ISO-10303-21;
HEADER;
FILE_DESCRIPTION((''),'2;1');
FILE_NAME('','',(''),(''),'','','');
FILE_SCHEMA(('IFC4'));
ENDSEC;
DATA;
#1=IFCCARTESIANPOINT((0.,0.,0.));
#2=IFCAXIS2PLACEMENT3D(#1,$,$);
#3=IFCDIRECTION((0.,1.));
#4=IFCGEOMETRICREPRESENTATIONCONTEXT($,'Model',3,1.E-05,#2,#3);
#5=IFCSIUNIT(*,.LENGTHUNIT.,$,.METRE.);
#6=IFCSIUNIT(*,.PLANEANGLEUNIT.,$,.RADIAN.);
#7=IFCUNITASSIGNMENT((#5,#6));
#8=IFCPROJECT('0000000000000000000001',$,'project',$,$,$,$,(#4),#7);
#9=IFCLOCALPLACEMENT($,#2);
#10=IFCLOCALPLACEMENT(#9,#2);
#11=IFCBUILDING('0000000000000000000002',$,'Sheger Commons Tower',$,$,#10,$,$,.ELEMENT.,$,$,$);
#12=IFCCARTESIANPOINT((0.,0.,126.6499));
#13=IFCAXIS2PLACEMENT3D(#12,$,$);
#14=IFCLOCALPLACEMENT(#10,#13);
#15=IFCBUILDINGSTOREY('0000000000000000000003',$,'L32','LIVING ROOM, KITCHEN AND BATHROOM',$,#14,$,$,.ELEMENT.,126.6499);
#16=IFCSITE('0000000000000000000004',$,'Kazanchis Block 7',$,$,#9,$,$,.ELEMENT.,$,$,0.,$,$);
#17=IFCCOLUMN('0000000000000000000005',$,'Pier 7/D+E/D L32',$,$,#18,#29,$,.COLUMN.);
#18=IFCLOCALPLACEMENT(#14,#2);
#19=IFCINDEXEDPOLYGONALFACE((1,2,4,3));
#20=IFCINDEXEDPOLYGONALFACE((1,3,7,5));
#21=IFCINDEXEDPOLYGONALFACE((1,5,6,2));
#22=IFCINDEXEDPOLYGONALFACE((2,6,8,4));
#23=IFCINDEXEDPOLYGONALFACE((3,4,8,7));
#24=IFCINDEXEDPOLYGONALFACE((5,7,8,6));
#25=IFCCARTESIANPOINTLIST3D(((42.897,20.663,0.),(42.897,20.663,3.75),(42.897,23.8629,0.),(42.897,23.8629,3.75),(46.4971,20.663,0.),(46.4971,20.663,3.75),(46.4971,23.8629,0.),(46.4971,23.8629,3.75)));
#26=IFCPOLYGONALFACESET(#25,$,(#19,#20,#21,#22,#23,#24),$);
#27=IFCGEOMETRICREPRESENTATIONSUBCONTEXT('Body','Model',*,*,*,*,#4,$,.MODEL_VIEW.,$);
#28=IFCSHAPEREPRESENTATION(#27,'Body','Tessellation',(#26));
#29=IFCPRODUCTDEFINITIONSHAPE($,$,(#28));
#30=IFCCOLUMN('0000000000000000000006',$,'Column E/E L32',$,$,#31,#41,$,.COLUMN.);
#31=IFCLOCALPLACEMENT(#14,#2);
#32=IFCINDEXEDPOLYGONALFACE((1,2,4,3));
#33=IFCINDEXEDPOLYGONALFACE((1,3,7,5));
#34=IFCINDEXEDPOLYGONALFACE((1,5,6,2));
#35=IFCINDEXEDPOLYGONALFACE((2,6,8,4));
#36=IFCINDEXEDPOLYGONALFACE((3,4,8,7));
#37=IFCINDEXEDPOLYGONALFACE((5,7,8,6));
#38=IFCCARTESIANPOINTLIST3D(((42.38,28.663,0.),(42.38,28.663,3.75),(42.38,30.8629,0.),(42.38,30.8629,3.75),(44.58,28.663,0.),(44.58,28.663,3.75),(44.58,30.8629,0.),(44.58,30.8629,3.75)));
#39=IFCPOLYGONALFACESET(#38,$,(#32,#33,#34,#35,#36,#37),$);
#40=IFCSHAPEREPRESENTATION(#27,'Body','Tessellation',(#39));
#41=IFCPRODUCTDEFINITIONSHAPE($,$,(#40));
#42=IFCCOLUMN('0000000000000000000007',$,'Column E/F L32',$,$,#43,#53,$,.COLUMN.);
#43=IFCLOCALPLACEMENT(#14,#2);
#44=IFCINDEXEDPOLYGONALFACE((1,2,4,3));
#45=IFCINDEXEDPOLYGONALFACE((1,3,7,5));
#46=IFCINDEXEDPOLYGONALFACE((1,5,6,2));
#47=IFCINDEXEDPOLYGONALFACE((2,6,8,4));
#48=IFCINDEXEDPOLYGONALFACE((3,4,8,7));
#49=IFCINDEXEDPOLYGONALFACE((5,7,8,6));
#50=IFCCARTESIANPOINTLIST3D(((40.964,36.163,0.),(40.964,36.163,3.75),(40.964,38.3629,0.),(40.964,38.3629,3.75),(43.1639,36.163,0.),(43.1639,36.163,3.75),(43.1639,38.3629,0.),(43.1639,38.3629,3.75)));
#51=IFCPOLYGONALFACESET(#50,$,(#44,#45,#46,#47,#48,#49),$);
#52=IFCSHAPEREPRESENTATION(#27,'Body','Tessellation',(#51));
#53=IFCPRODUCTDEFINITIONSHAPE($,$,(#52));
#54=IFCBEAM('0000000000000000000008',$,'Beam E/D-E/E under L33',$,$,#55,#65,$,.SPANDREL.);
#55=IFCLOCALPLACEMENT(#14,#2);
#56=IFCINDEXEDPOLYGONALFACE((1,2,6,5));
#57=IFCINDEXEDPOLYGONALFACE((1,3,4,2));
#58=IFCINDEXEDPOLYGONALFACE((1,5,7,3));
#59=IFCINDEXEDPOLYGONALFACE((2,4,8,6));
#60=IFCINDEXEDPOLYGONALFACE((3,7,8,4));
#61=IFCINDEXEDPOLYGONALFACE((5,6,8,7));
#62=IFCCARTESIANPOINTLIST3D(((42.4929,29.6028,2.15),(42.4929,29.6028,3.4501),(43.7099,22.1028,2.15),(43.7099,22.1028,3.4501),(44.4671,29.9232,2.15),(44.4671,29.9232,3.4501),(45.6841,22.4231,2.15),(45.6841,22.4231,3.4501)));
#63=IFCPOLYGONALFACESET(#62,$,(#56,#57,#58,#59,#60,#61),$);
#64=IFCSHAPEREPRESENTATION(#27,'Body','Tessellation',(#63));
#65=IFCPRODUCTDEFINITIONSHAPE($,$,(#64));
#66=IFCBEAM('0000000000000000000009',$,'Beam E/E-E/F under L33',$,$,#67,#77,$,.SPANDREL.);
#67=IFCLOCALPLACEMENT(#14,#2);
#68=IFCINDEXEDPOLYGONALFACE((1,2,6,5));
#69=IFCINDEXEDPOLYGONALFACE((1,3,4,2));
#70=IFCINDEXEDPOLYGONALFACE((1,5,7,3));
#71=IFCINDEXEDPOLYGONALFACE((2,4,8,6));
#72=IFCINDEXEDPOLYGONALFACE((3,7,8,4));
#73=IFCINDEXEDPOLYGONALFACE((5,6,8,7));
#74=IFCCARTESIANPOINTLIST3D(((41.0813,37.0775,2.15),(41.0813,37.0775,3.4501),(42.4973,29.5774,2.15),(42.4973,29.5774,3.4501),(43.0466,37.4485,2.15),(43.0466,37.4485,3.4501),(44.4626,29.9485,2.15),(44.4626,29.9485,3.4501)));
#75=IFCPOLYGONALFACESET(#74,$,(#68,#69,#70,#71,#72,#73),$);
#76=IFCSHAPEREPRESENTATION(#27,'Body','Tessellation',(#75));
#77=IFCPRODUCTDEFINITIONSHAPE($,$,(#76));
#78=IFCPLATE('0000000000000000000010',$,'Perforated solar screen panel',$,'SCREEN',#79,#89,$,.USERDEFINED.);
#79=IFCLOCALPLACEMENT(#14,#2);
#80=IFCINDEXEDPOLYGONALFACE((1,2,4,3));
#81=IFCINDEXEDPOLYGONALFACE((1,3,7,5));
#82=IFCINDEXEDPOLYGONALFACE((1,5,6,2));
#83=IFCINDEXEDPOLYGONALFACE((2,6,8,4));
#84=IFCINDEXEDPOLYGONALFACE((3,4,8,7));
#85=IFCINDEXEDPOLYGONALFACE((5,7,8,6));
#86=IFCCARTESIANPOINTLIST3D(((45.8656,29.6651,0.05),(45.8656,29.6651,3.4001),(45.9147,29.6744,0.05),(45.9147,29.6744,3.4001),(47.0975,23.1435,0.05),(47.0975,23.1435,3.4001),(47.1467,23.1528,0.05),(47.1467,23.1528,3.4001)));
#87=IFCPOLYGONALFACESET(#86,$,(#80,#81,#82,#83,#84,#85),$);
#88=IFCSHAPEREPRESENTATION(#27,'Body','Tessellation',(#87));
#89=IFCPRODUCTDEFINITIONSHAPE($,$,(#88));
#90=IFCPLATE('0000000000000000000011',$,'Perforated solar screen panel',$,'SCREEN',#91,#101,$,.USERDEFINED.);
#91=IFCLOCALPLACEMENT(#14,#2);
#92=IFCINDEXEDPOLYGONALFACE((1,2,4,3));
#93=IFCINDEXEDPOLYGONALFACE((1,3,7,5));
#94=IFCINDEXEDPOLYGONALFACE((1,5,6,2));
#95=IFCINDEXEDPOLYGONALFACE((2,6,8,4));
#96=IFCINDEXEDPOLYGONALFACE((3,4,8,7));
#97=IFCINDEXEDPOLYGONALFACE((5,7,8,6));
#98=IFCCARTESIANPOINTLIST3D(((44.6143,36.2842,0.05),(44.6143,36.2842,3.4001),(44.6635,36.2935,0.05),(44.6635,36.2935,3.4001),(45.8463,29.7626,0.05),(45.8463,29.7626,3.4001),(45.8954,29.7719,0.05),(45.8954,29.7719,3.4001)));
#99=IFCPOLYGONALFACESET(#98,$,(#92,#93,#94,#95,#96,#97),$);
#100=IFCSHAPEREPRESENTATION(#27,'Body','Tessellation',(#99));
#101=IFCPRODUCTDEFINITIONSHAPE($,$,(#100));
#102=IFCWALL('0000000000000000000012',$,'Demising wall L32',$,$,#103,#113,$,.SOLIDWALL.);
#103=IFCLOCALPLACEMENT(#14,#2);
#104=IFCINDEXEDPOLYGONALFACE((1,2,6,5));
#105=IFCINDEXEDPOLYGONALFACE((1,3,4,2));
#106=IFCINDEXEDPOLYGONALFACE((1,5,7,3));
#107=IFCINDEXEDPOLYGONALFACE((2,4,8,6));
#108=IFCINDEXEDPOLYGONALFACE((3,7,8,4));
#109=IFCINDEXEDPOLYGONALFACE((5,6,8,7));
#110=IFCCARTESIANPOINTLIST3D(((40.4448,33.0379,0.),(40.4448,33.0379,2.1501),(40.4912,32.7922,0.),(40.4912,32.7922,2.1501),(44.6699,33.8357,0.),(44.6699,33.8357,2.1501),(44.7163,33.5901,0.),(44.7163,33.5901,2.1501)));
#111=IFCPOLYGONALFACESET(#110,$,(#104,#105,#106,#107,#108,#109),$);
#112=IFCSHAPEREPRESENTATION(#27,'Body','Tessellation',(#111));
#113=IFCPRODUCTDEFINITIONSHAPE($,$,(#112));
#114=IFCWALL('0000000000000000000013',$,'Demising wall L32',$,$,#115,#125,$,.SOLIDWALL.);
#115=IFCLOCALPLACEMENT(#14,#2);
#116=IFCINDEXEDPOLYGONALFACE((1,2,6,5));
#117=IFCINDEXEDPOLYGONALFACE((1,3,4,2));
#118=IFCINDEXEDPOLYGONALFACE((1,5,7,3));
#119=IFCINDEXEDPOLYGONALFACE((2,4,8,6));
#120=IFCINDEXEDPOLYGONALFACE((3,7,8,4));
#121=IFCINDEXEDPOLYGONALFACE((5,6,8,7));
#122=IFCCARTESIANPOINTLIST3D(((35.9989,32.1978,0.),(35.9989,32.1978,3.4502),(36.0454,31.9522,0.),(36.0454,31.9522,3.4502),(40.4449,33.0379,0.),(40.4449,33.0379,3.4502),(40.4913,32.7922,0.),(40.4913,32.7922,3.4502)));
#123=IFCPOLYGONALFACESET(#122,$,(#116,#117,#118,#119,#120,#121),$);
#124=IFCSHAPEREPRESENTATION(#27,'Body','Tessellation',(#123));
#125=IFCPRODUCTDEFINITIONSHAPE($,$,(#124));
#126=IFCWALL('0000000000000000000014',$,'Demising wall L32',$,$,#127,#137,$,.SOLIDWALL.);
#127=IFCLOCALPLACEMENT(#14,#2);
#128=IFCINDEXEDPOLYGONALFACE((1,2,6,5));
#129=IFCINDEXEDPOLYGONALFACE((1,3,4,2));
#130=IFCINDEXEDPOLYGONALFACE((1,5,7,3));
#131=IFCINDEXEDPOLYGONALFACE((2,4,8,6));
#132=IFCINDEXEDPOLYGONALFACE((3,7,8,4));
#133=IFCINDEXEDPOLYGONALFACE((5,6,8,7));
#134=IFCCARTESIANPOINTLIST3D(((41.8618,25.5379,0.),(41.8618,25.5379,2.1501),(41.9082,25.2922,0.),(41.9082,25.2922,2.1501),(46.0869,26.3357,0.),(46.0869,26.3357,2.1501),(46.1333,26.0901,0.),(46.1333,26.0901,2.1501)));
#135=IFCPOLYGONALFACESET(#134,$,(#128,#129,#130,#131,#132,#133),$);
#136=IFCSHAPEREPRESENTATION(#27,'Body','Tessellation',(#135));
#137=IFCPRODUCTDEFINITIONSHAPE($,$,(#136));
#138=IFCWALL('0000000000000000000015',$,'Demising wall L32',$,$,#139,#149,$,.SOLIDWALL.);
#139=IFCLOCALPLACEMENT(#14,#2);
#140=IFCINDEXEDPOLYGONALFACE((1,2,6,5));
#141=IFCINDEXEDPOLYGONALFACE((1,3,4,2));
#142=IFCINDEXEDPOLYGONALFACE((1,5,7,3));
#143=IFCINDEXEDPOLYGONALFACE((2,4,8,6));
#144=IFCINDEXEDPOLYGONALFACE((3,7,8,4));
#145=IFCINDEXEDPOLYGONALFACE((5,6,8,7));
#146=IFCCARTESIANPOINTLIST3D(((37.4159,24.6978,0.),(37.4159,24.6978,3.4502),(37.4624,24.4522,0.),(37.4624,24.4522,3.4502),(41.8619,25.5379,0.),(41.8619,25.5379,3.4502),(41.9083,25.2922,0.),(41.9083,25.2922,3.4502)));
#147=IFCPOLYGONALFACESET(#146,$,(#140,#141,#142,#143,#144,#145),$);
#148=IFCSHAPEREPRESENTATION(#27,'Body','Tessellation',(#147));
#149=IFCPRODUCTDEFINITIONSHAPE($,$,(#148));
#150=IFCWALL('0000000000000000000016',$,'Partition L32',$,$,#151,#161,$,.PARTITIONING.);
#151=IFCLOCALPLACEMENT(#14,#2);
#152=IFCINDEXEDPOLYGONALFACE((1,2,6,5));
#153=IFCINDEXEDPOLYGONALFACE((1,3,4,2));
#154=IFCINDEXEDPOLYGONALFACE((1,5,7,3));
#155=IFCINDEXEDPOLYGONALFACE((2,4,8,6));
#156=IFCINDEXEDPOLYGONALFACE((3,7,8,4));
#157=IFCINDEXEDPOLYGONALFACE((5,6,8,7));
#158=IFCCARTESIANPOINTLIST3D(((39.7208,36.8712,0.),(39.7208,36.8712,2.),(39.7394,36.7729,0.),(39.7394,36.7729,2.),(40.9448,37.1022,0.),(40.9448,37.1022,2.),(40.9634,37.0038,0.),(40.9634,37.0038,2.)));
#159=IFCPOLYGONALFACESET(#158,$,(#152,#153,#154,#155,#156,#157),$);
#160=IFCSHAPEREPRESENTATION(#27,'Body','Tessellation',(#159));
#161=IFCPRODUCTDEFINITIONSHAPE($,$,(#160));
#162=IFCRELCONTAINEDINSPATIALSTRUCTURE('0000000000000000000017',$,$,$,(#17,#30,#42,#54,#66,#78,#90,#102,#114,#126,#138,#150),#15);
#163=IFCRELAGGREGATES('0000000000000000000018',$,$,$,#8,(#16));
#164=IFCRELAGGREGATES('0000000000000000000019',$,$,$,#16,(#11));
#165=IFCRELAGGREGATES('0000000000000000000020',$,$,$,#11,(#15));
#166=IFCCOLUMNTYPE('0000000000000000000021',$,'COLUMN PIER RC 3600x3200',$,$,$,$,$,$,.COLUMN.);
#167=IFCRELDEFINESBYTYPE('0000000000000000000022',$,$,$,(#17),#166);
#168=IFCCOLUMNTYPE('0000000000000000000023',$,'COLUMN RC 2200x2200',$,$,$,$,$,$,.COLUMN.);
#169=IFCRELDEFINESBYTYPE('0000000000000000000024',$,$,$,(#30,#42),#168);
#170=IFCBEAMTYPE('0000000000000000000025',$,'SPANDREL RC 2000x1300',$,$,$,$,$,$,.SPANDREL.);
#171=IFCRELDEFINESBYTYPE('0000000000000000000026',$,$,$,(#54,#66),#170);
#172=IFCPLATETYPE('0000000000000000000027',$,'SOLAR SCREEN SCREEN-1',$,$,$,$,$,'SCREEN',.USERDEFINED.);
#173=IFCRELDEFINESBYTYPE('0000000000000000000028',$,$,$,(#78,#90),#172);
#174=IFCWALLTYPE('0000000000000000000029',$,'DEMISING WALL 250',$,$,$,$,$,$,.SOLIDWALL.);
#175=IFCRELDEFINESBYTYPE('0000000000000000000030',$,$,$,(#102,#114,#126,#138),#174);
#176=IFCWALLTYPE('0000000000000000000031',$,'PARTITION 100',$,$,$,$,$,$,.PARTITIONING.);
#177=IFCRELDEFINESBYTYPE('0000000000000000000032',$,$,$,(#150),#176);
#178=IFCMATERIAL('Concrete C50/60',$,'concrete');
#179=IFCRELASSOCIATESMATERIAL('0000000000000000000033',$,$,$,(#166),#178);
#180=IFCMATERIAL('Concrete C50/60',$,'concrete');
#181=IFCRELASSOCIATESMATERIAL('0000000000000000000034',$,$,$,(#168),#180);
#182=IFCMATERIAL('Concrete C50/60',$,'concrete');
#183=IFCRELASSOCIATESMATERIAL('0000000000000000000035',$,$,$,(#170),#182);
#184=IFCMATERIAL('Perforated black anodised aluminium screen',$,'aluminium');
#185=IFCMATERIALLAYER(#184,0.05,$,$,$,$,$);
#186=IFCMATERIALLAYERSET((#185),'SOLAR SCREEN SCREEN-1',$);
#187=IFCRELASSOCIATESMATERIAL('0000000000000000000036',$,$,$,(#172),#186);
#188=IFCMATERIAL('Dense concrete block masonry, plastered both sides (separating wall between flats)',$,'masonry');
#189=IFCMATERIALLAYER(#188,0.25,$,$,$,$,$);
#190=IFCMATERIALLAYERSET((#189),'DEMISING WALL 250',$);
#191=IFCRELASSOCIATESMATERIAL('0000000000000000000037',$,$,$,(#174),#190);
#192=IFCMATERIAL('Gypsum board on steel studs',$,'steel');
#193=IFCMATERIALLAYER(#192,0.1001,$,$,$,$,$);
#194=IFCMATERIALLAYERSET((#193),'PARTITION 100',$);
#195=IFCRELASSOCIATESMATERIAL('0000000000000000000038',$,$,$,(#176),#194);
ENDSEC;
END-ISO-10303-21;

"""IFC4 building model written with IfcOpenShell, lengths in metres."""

from ifc_helpers import new_model, si_unit, direction, frame, frame_2d, origin, origin_2d, place, context, subcontext, project, spatial, rectangle, extrude, material, layer, layer_set, material_profile, profile_set, type_object, element, save


model = new_model("IFC4")

# Units and contexts
model_context = context("Model", 3, precision=1e-05, world=origin(), true_north=direction((0.0, 1.0)))
body_context = subcontext(model_context, "Body", "Model", "MODEL_VIEW")
ifc_project = project(units=[si_unit("LENGTHUNIT", "METRE"), si_unit("PLANEANGLEUNIT", "RADIAN")], contexts=[model_context])

# Site, building, storey
site_placement = place(None, origin())
site = spatial("IfcSite", under=ifc_project, at=site_placement, Name="Kazanchis Block 7", CompositionType="ELEMENT", RefElevation=0.0)
building_placement = place(site_placement, origin())
building = spatial("IfcBuilding", under=site, at=building_placement, Name="Sheger Commons Tower", CompositionType="ELEMENT")
storey_placement = place(building_placement, frame((0.0, 0.0, 126.6499)))
storey = spatial("IfcBuildingStorey", under=building, at=storey_placement, Name="L32", Description="LIVING ROOM, KITCHEN AND BATHROOM", CompositionType="ELEMENT", Elevation=126.6499)

# Columns
ifc_material_1 = material(Name="Concrete C50/60", Category="concrete")
ifc_material_profile_1 = material_profile(ifc_material_1, rectangle(XDim=3.6001, YDim=3.2, at=origin_2d()), Name="RC 3600x3200")
ifc_profile_set_1 = profile_set([ifc_material_profile_1], Name="Concrete C50/60")
column_type_1 = type_object("IfcColumnType", Name="COLUMN PIER RC 3600x3200", PredefinedType="COLUMN", material=ifc_profile_set_1)
column_placement = place(storey_placement, frame((44.697, 22.2629, 0.0), z_axis=(0.0, 0.0, 1.0), x_axis=(1.0, 0.0, 0.0)))
element("IfcColumn", 1, at=column_placement, inside=storey, type_object=column_type_1, Name="Pier 7/D+E/D L32", PredefinedType="COLUMN", context=body_context, shape_type="SweptSolid", body=[
    extrude(rectangle(XDim=3.6001, YDim=3.2, at=origin_2d()), origin(), (0.0, 0.0, 1.0), 3.75),
])
ifc_material_2 = material(Name="Concrete C50/60", Category="concrete")
ifc_material_profile_2 = material_profile(ifc_material_2, rectangle(XDim=2.2, YDim=2.2, at=origin_2d()), Name="RC 2200x2200")
ifc_profile_set_2 = profile_set([ifc_material_profile_2], Name="Concrete C50/60")
column_type_2 = type_object("IfcColumnType", Name="COLUMN RC 2200x2200", PredefinedType="COLUMN", material=ifc_profile_set_2)
for number, where, z_axis, x_axis, name in (
    (2, (43.48, 29.7629, 0.0), (0.0, 0.0, 1.0), (1.0, 0.0, 0.0), "Column E/E L32"),
    (3, (42.064, 37.2629, 0.0), (0.0, 0.0, 1.0), (1.0, 0.0, 0.0), "Column E/F L32"),
):
    element("IfcColumn", number, at=place(storey_placement, frame(where, z_axis=z_axis, x_axis=x_axis)), inside=storey, type_object=column_type_2, Name=name, PredefinedType="COLUMN", context=body_context, shape_type="SweptSolid", body=[
        extrude(rectangle(XDim=2.2, YDim=2.2, at=origin_2d()), origin(), (0.0, 0.0, 1.0), 3.75),
    ])

# Beams
ifc_material_3 = material(Name="Concrete C50/60", Category="concrete")
ifc_material_profile_3 = material_profile(ifc_material_3, rectangle(XDim=2.0, YDim=1.3, at=origin_2d()), Name="RC 2000x1300")
ifc_profile_set_3 = profile_set([ifc_material_profile_3], Name="Concrete C50/60")
beam_type = type_object("IfcBeamType", Name="SPANDREL RC 2000x1300", PredefinedType="SPANDREL", material=ifc_profile_set_3)
beam_1_placement = place(storey_placement, frame((44.697, 22.2629, 2.8), z_axis=(-0.160177, 0.987088, 0.0), x_axis=(-0.987088, -0.160177, 0.0)))
element("IfcBeam", 4, at=beam_1_placement, inside=storey, type_object=beam_type, Name="Beam E/D-E/E under L33", PredefinedType="SPANDREL", context=body_context, shape_type="SweptSolid", body=[
    extrude(rectangle(XDim=2.0, YDim=1.3, at=origin_2d()), origin(), (0.0, 0.0, 1.0), 7.5981),
])
beam_2_placement = place(storey_placement, frame((43.48, 29.7629, 2.8), z_axis=(-0.185524, 0.98264, 0.0), x_axis=(-0.98264, -0.185524, 0.0)))
element("IfcBeam", 5, at=beam_2_placement, inside=storey, type_object=beam_type, Name="Beam E/E-E/F under L33", PredefinedType="SPANDREL", context=body_context, shape_type="SweptSolid", body=[
    extrude(rectangle(XDim=2.0, YDim=1.3, at=origin_2d()), origin(), (0.0, 0.0, 1.0), 7.6326),
])

# Plates
ifc_material_4 = material(Name="Perforated black anodised aluminium screen", Category="aluminium")
ifc_layer_1 = layer(ifc_material_4, 0.05)
ifc_layer_set_1 = layer_set([ifc_layer_1], Name="SOLAR SCREEN SCREEN-1")
plate_type = type_object("IfcPlateType", Name="SOLAR SCREEN SCREEN-1", ElementType="SCREEN", PredefinedType="USERDEFINED", material=ifc_layer_set_1)
for number, where, z_axis, x_axis, name in (
    (6, (46.5061, 26.4089, 0.05), (0.0, 0.0, 1.0), (-0.185615, 0.982623, 0.0), "Perforated solar screen panel"),
    (7, (45.2549, 33.0281, 0.05), (0.0, 0.0, 1.0), (-0.185615, 0.982623, 0.0), "Perforated solar screen panel"),
):
    element("IfcPlate", number, at=place(storey_placement, frame(where, z_axis=z_axis, x_axis=x_axis)), inside=storey, type_object=plate_type, Name=name, ObjectType="SCREEN", PredefinedType="USERDEFINED", context=body_context, shape_type="SweptSolid", body=[
        extrude(rectangle(XDim=6.637, YDim=0.05, at=origin_2d()), origin(), (0.0, 0.0, 1.0), 3.3501),
    ])

# Walls
ifc_material_5 = material(Name="Dense concrete block masonry, plastered both sides (separating wall between flats)", Category="masonry")
ifc_layer_2 = layer(ifc_material_5, 0.25)
ifc_layer_set_2 = layer_set([ifc_layer_2], Name="DEMISING WALL 250")
wall_type_1 = type_object("IfcWallType", Name="DEMISING WALL 250", PredefinedType="SOLIDWALL", material=ifc_layer_set_2)
wall_1_placement = place(storey_placement, frame((44.6931, 33.7129, 0.0), z_axis=(0.0, 0.0, 1.0), x_axis=(-0.982634, -0.185557, 0.0)))
element("IfcWall", 8, at=wall_1_placement, inside=storey, type_object=wall_type_1, Name="Demising wall L32", PredefinedType="SOLIDWALL", context=body_context, shape_type="SweptSolid", body=[
    extrude(rectangle(XDim=4.2998, YDim=0.25, at=frame_2d((2.1499, 0.0))), origin(), (0.0, 0.0, 1.0), 2.1501),
])
wall_2_placement = place(storey_placement, frame((40.468, 32.915, 0.0), z_axis=(0.0, 0.0, 1.0), x_axis=(-0.982613, -0.185666, 0.0)))
element("IfcWall", 9, at=wall_2_placement, inside=storey, type_object=wall_type_1, Name="Demising wall L32", PredefinedType="SOLIDWALL", context=body_context, shape_type="SweptSolid", body=[
    extrude(rectangle(XDim=4.5247, YDim=0.25, at=frame_2d((2.2622, 0.0))), origin(), (0.0, 0.0, 1.0), 3.4502),
])
wall_3_placement = place(storey_placement, frame((46.1101, 26.2129, 0.0), z_axis=(0.0, 0.0, 1.0), x_axis=(-0.982634, -0.185557, 0.0)))
element("IfcWall", 10, at=wall_3_placement, inside=storey, type_object=wall_type_1, Name="Demising wall L32", PredefinedType="SOLIDWALL", context=body_context, shape_type="SweptSolid", body=[
    extrude(rectangle(XDim=4.2998, YDim=0.25, at=frame_2d((2.1499, 0.0))), origin(), (0.0, 0.0, 1.0), 2.1501),
])
wall_4_placement = place(storey_placement, frame((41.885, 25.415, 0.0), z_axis=(0.0, 0.0, 1.0), x_axis=(-0.982613, -0.185666, 0.0)))
element("IfcWall", 11, at=wall_4_placement, inside=storey, type_object=wall_type_1, Name="Demising wall L32", PredefinedType="SOLIDWALL", context=body_context, shape_type="SweptSolid", body=[
    extrude(rectangle(XDim=4.5247, YDim=0.25, at=frame_2d((2.2622, 0.0))), origin(), (0.0, 0.0, 1.0), 3.4502),
])
ifc_material_6 = material(Name="Gypsum board on steel studs", Category="steel")
ifc_layer_3 = layer(ifc_material_6, 0.1001)
ifc_layer_set_3 = layer_set([ifc_layer_3], Name="PARTITION 100")
wall_type_2 = type_object("IfcWallType", Name="PARTITION 100", PredefinedType="PARTITIONING", material=ifc_layer_set_3)
wall_5_placement = place(storey_placement, frame((40.9541, 37.053, 0.0), z_axis=(0.0, 0.0, 1.0), x_axis=(-0.982663, -0.185401, 0.0)))
element("IfcWall", 12, at=wall_5_placement, inside=storey, type_object=wall_type_2, Name="Partition L32", PredefinedType="PARTITIONING", context=body_context, shape_type="SweptSolid", body=[
    extrude(rectangle(XDim=1.2456, YDim=0.1001, at=frame_2d((0.6228, 0.0))), origin(), (0.0, 0.0, 1.0), 2.0),
])

save(model, "model.ifc")
